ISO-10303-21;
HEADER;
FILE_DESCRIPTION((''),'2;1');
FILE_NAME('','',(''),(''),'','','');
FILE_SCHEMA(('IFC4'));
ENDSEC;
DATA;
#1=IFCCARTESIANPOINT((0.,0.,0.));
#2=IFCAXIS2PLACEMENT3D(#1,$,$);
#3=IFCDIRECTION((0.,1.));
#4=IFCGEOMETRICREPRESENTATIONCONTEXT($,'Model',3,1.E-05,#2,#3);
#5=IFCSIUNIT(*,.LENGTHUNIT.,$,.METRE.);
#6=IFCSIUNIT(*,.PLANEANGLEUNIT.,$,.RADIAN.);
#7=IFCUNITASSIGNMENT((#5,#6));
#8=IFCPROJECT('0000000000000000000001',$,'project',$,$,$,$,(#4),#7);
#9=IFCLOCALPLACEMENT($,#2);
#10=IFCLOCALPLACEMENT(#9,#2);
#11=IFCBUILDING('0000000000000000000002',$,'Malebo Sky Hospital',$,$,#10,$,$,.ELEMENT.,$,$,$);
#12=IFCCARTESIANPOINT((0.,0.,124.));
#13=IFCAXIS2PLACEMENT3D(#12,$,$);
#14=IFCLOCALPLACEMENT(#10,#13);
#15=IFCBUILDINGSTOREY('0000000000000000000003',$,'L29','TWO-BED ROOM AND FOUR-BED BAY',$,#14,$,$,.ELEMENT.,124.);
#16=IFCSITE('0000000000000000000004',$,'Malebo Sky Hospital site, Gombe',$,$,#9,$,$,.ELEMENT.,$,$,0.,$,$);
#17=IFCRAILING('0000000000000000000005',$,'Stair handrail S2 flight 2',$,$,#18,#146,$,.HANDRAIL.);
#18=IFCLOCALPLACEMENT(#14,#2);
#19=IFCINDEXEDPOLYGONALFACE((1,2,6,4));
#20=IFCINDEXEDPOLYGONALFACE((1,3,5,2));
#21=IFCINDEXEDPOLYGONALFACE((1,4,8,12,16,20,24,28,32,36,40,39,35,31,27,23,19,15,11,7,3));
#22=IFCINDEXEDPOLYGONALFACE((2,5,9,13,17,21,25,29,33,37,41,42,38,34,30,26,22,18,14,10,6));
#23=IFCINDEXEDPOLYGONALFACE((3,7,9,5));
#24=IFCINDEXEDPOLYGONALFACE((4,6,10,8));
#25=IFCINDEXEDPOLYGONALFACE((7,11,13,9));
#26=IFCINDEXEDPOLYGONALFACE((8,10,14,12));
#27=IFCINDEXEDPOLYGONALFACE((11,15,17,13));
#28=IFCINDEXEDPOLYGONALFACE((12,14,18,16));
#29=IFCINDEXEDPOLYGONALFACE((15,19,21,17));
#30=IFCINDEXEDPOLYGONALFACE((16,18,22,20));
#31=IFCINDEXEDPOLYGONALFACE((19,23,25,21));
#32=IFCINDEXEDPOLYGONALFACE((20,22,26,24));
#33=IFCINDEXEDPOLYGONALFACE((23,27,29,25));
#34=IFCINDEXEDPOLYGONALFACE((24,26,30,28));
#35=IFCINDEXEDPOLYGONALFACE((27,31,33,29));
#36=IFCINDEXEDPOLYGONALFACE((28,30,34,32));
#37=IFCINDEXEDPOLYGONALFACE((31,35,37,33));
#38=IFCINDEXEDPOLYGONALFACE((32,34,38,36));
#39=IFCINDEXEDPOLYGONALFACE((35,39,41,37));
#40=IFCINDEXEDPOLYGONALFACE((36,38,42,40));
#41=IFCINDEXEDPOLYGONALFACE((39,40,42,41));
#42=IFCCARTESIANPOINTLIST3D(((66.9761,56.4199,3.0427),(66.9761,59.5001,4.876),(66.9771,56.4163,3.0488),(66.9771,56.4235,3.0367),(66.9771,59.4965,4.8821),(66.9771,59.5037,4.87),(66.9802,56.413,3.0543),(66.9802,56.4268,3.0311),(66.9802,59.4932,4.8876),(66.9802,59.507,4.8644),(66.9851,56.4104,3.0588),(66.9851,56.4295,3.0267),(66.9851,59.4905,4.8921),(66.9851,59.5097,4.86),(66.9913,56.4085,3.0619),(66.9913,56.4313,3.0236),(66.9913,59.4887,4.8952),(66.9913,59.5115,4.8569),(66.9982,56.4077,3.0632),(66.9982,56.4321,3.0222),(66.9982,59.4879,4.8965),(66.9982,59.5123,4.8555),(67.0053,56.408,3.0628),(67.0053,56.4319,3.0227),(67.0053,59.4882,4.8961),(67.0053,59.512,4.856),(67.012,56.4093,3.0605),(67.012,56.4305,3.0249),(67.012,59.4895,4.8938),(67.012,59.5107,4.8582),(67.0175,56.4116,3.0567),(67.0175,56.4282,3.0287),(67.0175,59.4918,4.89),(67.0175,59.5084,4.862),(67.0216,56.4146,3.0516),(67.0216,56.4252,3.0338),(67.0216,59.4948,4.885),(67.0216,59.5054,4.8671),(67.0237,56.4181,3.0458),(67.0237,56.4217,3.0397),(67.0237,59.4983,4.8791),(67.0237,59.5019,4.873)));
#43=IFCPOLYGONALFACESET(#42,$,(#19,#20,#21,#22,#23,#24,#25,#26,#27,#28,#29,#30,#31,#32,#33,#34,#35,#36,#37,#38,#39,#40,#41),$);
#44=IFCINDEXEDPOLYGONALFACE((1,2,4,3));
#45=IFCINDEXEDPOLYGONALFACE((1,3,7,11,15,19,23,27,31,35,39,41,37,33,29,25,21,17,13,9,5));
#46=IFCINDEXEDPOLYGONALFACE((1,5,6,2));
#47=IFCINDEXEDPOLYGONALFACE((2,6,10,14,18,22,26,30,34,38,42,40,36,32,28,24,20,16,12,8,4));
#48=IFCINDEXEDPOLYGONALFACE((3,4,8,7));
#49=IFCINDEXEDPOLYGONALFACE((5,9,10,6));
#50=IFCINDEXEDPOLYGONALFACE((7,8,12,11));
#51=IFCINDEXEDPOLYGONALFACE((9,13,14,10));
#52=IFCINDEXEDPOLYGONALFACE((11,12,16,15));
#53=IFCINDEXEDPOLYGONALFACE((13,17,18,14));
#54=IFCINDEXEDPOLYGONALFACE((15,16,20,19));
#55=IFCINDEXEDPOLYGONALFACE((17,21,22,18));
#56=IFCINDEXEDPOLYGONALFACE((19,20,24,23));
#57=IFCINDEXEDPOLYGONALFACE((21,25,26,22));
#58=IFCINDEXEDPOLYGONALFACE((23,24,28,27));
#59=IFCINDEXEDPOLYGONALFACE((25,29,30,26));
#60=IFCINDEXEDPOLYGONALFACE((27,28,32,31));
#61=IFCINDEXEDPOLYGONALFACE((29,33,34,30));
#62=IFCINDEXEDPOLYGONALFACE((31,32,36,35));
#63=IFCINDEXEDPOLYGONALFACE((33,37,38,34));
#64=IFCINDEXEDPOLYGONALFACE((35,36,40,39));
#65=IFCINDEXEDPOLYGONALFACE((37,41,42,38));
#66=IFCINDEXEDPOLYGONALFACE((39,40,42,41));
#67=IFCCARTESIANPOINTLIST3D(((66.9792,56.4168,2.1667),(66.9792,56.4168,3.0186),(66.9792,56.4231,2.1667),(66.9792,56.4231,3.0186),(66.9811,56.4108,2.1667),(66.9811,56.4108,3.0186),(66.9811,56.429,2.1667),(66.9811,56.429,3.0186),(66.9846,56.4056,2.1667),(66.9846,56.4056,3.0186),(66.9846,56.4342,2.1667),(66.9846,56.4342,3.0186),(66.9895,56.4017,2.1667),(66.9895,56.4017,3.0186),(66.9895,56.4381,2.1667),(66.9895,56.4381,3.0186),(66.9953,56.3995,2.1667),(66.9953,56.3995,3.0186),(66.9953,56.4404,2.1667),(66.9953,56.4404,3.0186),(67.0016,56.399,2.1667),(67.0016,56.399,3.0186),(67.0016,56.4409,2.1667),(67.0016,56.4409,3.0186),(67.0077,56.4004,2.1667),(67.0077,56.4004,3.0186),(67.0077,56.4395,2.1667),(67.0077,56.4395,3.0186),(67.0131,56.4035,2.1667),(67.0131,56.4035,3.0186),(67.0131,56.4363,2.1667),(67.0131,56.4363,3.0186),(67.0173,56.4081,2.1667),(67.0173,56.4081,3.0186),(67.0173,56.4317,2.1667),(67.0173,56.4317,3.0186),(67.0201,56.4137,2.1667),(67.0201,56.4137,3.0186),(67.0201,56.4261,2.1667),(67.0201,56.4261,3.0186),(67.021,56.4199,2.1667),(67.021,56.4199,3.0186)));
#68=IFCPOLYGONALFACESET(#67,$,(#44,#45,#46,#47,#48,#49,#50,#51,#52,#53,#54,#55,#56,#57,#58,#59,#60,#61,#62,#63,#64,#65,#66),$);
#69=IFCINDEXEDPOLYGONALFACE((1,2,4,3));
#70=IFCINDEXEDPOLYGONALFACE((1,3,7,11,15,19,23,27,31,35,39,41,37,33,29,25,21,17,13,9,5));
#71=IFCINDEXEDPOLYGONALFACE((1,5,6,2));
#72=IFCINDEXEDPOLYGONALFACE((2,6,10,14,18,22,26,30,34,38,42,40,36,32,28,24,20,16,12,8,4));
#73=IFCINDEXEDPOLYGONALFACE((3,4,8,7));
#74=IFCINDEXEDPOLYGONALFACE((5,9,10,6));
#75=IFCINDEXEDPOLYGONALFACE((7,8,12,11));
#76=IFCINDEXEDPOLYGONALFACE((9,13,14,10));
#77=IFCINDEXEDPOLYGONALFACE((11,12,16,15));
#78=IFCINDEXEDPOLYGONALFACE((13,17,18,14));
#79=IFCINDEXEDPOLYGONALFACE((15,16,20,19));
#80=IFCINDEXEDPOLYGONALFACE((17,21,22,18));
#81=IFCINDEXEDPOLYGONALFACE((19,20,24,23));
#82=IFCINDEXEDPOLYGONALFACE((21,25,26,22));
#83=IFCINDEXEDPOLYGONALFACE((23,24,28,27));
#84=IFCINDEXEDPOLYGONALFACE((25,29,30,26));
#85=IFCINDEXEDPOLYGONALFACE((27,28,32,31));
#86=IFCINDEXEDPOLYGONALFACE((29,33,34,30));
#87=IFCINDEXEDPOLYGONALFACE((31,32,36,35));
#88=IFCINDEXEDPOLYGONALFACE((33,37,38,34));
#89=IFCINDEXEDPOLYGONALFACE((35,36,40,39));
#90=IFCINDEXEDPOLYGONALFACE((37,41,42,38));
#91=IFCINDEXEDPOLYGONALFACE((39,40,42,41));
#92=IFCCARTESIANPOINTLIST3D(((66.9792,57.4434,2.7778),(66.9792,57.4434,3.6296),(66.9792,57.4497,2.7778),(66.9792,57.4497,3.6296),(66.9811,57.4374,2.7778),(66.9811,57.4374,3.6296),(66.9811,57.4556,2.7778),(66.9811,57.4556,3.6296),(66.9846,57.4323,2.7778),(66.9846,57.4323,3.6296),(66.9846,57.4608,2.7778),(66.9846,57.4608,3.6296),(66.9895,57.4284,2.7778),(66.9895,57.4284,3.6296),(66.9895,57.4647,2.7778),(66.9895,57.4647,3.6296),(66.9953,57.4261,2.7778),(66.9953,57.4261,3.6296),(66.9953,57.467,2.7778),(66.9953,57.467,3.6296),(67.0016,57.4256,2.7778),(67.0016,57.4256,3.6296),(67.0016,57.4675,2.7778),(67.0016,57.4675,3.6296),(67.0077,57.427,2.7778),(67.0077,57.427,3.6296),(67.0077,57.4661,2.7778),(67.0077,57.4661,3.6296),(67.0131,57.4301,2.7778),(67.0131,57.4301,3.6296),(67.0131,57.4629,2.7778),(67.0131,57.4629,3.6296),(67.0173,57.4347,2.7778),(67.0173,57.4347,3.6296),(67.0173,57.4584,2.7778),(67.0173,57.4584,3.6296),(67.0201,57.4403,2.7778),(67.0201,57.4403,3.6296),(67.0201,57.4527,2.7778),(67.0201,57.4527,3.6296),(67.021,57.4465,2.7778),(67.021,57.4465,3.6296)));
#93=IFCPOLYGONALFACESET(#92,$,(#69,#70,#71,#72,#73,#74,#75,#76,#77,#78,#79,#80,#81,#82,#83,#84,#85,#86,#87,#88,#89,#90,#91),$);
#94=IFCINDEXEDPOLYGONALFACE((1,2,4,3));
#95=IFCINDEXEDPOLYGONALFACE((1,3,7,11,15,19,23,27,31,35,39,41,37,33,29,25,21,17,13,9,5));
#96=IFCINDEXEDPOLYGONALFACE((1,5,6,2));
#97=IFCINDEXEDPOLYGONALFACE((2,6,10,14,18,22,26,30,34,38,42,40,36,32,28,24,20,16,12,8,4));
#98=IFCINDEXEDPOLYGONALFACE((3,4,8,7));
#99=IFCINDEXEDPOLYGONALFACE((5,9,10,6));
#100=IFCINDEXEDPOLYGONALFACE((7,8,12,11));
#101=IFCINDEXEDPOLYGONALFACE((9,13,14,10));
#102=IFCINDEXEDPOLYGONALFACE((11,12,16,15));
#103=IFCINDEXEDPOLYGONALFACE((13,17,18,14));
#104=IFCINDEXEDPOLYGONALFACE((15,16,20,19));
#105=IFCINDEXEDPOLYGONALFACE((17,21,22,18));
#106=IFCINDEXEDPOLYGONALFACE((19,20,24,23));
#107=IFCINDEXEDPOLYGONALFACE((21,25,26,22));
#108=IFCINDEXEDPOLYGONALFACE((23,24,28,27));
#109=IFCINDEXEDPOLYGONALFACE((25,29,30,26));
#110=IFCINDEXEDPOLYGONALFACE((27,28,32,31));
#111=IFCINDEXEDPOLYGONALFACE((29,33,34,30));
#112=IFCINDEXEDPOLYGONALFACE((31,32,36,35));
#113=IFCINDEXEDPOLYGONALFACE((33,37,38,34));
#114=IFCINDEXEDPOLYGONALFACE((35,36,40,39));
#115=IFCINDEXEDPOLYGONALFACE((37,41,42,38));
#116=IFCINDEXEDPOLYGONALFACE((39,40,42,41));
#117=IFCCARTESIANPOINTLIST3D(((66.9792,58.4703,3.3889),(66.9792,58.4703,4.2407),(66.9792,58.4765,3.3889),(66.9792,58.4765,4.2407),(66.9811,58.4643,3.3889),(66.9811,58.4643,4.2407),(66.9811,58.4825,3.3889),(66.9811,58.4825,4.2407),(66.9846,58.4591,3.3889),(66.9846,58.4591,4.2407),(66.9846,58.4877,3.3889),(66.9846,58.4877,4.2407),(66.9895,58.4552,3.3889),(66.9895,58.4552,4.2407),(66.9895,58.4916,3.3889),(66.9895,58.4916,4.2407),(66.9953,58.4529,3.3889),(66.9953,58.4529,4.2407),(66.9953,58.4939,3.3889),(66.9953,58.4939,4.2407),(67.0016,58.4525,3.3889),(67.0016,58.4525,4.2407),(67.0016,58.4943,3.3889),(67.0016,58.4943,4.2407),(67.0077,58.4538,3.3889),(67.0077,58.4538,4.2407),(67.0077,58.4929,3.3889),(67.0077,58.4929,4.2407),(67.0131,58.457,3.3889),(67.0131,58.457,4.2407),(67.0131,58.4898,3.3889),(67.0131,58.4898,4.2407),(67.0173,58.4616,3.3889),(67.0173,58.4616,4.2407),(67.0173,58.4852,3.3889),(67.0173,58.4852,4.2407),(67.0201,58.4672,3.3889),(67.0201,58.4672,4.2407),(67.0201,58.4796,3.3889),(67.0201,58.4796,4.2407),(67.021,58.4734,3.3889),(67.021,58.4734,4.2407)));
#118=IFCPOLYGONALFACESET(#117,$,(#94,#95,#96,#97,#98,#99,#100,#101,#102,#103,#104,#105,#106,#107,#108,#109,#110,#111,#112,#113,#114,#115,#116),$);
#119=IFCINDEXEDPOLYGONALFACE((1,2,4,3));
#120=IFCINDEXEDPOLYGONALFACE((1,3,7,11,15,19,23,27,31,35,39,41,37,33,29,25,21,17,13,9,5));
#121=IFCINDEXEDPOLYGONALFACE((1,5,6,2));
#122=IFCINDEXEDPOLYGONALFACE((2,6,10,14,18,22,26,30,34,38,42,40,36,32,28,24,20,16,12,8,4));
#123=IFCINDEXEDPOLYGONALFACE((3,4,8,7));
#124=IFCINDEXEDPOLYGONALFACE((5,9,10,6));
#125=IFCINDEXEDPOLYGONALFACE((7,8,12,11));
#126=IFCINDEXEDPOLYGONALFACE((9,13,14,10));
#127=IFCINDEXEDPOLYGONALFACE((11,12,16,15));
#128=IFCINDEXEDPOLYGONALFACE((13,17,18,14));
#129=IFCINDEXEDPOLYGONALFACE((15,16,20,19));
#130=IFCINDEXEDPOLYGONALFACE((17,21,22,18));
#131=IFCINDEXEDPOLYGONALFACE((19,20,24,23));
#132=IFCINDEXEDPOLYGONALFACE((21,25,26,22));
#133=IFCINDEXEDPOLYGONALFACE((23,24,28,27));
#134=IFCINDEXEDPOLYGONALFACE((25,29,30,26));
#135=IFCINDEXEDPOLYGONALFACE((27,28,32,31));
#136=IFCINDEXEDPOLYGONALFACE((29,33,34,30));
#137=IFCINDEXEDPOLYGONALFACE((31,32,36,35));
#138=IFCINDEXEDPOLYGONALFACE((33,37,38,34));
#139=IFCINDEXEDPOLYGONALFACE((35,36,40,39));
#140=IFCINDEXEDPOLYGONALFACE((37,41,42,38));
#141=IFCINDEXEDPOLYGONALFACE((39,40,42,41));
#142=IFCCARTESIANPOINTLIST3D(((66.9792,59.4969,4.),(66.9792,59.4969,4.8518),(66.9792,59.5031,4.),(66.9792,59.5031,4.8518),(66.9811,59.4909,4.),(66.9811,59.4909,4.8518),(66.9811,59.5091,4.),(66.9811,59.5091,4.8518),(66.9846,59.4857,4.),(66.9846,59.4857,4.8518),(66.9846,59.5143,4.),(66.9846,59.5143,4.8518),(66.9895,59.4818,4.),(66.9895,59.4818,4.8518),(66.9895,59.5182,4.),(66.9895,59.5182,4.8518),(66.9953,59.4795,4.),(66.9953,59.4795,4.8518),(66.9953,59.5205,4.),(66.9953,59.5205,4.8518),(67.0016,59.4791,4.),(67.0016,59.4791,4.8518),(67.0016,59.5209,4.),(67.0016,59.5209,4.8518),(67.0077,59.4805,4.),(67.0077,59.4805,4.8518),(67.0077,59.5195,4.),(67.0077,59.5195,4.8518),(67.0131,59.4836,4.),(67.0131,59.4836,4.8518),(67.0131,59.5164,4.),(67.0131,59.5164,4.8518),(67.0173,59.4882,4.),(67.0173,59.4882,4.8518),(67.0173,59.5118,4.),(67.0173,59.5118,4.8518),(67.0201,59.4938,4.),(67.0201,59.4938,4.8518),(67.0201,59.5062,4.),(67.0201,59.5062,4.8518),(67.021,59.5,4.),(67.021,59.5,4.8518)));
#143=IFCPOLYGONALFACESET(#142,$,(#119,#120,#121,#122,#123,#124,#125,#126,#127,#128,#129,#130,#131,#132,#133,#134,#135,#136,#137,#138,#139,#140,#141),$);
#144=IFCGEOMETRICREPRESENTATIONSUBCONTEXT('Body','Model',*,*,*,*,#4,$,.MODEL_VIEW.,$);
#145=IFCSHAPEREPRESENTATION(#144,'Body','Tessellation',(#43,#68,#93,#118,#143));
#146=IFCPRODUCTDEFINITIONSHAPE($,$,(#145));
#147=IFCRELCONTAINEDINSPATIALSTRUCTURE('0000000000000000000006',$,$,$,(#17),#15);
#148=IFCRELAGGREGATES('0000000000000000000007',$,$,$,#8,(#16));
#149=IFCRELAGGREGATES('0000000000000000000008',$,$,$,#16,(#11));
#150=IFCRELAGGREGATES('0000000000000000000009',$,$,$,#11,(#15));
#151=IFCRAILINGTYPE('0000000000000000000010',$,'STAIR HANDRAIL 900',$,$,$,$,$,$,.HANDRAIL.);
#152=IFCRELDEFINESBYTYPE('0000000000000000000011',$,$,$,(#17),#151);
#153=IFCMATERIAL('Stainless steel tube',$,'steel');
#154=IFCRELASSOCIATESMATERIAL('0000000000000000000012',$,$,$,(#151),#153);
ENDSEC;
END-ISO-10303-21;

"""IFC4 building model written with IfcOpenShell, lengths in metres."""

from ifc_helpers import new_model, si_unit, direction, frame, origin, origin_2d, place, context, subcontext, project, spatial, circle, extrude, material, type_object, element, save


model = new_model("IFC4")

# Units and contexts
model_context = context("Model", 3, precision=1e-05, world=origin(), true_north=direction((0.0, 1.0)))
body_context = subcontext(model_context, "Body", "Model", "MODEL_VIEW")
ifc_project = project(units=[si_unit("LENGTHUNIT", "METRE"), si_unit("PLANEANGLEUNIT", "RADIAN")], contexts=[model_context])

# Site, building, storey
site_placement = place(None, origin())
site = spatial("IfcSite", under=ifc_project, at=site_placement, Name="Malebo Sky Hospital site, Gombe", CompositionType="ELEMENT", RefElevation=0.0)
building_placement = place(site_placement, origin())
building = spatial("IfcBuilding", under=site, at=building_placement, Name="Malebo Sky Hospital", CompositionType="ELEMENT")
storey_placement = place(building_placement, frame((0.0, 0.0, 124.0)))
storey = spatial("IfcBuildingStorey", under=building, at=storey_placement, Name="L29", Description="TWO-BED ROOM AND FOUR-BED BAY", CompositionType="ELEMENT", Elevation=124.0)

# Railing
ifc_material_1 = material(Name="Stainless steel tube", Category="steel")
railing_type = type_object("IfcRailingType", Name="STAIR HANDRAIL 900", PredefinedType="HANDRAIL", material=ifc_material_1)
railing_1_placement = place(storey_placement, frame((67.0, 56.4199, 2.1667)))
element("IfcRailing", 1, at=railing_1_placement, inside=storey, type_object=railing_type, Name="Stair handrail S2 flight 2", PredefinedType="HANDRAIL", context=body_context, shape_type="SweptSolid", body=[
    extrude(circle(Radius=0.0239, at=origin_2d()), frame((0.0, 0.0, 0.876), z_axis=(0.0, 0.859309, 0.511458), x_axis=(-1.0, 0.0, 0.0)), (0.0, 0.0, 1.0), 3.5845),
    extrude(circle(Radius=0.021, at=origin_2d()), origin(), (0.0, 0.0, 1.0), 0.8518),
    extrude(circle(Radius=0.021, at=origin_2d()), frame((0.0, 1.0266, 0.6111)), (0.0, 0.0, 1.0), 0.8518),
    extrude(circle(Radius=0.021, at=origin_2d()), frame((0.0, 2.0535, 1.2222)), (0.0, 0.0, 1.0), 0.8518),
    extrude(circle(Radius=0.021, at=origin_2d()), frame((0.0, 3.0801, 1.8333)), (0.0, 0.0, 1.0), 0.8518),
])

save(model, "model.ifc")
